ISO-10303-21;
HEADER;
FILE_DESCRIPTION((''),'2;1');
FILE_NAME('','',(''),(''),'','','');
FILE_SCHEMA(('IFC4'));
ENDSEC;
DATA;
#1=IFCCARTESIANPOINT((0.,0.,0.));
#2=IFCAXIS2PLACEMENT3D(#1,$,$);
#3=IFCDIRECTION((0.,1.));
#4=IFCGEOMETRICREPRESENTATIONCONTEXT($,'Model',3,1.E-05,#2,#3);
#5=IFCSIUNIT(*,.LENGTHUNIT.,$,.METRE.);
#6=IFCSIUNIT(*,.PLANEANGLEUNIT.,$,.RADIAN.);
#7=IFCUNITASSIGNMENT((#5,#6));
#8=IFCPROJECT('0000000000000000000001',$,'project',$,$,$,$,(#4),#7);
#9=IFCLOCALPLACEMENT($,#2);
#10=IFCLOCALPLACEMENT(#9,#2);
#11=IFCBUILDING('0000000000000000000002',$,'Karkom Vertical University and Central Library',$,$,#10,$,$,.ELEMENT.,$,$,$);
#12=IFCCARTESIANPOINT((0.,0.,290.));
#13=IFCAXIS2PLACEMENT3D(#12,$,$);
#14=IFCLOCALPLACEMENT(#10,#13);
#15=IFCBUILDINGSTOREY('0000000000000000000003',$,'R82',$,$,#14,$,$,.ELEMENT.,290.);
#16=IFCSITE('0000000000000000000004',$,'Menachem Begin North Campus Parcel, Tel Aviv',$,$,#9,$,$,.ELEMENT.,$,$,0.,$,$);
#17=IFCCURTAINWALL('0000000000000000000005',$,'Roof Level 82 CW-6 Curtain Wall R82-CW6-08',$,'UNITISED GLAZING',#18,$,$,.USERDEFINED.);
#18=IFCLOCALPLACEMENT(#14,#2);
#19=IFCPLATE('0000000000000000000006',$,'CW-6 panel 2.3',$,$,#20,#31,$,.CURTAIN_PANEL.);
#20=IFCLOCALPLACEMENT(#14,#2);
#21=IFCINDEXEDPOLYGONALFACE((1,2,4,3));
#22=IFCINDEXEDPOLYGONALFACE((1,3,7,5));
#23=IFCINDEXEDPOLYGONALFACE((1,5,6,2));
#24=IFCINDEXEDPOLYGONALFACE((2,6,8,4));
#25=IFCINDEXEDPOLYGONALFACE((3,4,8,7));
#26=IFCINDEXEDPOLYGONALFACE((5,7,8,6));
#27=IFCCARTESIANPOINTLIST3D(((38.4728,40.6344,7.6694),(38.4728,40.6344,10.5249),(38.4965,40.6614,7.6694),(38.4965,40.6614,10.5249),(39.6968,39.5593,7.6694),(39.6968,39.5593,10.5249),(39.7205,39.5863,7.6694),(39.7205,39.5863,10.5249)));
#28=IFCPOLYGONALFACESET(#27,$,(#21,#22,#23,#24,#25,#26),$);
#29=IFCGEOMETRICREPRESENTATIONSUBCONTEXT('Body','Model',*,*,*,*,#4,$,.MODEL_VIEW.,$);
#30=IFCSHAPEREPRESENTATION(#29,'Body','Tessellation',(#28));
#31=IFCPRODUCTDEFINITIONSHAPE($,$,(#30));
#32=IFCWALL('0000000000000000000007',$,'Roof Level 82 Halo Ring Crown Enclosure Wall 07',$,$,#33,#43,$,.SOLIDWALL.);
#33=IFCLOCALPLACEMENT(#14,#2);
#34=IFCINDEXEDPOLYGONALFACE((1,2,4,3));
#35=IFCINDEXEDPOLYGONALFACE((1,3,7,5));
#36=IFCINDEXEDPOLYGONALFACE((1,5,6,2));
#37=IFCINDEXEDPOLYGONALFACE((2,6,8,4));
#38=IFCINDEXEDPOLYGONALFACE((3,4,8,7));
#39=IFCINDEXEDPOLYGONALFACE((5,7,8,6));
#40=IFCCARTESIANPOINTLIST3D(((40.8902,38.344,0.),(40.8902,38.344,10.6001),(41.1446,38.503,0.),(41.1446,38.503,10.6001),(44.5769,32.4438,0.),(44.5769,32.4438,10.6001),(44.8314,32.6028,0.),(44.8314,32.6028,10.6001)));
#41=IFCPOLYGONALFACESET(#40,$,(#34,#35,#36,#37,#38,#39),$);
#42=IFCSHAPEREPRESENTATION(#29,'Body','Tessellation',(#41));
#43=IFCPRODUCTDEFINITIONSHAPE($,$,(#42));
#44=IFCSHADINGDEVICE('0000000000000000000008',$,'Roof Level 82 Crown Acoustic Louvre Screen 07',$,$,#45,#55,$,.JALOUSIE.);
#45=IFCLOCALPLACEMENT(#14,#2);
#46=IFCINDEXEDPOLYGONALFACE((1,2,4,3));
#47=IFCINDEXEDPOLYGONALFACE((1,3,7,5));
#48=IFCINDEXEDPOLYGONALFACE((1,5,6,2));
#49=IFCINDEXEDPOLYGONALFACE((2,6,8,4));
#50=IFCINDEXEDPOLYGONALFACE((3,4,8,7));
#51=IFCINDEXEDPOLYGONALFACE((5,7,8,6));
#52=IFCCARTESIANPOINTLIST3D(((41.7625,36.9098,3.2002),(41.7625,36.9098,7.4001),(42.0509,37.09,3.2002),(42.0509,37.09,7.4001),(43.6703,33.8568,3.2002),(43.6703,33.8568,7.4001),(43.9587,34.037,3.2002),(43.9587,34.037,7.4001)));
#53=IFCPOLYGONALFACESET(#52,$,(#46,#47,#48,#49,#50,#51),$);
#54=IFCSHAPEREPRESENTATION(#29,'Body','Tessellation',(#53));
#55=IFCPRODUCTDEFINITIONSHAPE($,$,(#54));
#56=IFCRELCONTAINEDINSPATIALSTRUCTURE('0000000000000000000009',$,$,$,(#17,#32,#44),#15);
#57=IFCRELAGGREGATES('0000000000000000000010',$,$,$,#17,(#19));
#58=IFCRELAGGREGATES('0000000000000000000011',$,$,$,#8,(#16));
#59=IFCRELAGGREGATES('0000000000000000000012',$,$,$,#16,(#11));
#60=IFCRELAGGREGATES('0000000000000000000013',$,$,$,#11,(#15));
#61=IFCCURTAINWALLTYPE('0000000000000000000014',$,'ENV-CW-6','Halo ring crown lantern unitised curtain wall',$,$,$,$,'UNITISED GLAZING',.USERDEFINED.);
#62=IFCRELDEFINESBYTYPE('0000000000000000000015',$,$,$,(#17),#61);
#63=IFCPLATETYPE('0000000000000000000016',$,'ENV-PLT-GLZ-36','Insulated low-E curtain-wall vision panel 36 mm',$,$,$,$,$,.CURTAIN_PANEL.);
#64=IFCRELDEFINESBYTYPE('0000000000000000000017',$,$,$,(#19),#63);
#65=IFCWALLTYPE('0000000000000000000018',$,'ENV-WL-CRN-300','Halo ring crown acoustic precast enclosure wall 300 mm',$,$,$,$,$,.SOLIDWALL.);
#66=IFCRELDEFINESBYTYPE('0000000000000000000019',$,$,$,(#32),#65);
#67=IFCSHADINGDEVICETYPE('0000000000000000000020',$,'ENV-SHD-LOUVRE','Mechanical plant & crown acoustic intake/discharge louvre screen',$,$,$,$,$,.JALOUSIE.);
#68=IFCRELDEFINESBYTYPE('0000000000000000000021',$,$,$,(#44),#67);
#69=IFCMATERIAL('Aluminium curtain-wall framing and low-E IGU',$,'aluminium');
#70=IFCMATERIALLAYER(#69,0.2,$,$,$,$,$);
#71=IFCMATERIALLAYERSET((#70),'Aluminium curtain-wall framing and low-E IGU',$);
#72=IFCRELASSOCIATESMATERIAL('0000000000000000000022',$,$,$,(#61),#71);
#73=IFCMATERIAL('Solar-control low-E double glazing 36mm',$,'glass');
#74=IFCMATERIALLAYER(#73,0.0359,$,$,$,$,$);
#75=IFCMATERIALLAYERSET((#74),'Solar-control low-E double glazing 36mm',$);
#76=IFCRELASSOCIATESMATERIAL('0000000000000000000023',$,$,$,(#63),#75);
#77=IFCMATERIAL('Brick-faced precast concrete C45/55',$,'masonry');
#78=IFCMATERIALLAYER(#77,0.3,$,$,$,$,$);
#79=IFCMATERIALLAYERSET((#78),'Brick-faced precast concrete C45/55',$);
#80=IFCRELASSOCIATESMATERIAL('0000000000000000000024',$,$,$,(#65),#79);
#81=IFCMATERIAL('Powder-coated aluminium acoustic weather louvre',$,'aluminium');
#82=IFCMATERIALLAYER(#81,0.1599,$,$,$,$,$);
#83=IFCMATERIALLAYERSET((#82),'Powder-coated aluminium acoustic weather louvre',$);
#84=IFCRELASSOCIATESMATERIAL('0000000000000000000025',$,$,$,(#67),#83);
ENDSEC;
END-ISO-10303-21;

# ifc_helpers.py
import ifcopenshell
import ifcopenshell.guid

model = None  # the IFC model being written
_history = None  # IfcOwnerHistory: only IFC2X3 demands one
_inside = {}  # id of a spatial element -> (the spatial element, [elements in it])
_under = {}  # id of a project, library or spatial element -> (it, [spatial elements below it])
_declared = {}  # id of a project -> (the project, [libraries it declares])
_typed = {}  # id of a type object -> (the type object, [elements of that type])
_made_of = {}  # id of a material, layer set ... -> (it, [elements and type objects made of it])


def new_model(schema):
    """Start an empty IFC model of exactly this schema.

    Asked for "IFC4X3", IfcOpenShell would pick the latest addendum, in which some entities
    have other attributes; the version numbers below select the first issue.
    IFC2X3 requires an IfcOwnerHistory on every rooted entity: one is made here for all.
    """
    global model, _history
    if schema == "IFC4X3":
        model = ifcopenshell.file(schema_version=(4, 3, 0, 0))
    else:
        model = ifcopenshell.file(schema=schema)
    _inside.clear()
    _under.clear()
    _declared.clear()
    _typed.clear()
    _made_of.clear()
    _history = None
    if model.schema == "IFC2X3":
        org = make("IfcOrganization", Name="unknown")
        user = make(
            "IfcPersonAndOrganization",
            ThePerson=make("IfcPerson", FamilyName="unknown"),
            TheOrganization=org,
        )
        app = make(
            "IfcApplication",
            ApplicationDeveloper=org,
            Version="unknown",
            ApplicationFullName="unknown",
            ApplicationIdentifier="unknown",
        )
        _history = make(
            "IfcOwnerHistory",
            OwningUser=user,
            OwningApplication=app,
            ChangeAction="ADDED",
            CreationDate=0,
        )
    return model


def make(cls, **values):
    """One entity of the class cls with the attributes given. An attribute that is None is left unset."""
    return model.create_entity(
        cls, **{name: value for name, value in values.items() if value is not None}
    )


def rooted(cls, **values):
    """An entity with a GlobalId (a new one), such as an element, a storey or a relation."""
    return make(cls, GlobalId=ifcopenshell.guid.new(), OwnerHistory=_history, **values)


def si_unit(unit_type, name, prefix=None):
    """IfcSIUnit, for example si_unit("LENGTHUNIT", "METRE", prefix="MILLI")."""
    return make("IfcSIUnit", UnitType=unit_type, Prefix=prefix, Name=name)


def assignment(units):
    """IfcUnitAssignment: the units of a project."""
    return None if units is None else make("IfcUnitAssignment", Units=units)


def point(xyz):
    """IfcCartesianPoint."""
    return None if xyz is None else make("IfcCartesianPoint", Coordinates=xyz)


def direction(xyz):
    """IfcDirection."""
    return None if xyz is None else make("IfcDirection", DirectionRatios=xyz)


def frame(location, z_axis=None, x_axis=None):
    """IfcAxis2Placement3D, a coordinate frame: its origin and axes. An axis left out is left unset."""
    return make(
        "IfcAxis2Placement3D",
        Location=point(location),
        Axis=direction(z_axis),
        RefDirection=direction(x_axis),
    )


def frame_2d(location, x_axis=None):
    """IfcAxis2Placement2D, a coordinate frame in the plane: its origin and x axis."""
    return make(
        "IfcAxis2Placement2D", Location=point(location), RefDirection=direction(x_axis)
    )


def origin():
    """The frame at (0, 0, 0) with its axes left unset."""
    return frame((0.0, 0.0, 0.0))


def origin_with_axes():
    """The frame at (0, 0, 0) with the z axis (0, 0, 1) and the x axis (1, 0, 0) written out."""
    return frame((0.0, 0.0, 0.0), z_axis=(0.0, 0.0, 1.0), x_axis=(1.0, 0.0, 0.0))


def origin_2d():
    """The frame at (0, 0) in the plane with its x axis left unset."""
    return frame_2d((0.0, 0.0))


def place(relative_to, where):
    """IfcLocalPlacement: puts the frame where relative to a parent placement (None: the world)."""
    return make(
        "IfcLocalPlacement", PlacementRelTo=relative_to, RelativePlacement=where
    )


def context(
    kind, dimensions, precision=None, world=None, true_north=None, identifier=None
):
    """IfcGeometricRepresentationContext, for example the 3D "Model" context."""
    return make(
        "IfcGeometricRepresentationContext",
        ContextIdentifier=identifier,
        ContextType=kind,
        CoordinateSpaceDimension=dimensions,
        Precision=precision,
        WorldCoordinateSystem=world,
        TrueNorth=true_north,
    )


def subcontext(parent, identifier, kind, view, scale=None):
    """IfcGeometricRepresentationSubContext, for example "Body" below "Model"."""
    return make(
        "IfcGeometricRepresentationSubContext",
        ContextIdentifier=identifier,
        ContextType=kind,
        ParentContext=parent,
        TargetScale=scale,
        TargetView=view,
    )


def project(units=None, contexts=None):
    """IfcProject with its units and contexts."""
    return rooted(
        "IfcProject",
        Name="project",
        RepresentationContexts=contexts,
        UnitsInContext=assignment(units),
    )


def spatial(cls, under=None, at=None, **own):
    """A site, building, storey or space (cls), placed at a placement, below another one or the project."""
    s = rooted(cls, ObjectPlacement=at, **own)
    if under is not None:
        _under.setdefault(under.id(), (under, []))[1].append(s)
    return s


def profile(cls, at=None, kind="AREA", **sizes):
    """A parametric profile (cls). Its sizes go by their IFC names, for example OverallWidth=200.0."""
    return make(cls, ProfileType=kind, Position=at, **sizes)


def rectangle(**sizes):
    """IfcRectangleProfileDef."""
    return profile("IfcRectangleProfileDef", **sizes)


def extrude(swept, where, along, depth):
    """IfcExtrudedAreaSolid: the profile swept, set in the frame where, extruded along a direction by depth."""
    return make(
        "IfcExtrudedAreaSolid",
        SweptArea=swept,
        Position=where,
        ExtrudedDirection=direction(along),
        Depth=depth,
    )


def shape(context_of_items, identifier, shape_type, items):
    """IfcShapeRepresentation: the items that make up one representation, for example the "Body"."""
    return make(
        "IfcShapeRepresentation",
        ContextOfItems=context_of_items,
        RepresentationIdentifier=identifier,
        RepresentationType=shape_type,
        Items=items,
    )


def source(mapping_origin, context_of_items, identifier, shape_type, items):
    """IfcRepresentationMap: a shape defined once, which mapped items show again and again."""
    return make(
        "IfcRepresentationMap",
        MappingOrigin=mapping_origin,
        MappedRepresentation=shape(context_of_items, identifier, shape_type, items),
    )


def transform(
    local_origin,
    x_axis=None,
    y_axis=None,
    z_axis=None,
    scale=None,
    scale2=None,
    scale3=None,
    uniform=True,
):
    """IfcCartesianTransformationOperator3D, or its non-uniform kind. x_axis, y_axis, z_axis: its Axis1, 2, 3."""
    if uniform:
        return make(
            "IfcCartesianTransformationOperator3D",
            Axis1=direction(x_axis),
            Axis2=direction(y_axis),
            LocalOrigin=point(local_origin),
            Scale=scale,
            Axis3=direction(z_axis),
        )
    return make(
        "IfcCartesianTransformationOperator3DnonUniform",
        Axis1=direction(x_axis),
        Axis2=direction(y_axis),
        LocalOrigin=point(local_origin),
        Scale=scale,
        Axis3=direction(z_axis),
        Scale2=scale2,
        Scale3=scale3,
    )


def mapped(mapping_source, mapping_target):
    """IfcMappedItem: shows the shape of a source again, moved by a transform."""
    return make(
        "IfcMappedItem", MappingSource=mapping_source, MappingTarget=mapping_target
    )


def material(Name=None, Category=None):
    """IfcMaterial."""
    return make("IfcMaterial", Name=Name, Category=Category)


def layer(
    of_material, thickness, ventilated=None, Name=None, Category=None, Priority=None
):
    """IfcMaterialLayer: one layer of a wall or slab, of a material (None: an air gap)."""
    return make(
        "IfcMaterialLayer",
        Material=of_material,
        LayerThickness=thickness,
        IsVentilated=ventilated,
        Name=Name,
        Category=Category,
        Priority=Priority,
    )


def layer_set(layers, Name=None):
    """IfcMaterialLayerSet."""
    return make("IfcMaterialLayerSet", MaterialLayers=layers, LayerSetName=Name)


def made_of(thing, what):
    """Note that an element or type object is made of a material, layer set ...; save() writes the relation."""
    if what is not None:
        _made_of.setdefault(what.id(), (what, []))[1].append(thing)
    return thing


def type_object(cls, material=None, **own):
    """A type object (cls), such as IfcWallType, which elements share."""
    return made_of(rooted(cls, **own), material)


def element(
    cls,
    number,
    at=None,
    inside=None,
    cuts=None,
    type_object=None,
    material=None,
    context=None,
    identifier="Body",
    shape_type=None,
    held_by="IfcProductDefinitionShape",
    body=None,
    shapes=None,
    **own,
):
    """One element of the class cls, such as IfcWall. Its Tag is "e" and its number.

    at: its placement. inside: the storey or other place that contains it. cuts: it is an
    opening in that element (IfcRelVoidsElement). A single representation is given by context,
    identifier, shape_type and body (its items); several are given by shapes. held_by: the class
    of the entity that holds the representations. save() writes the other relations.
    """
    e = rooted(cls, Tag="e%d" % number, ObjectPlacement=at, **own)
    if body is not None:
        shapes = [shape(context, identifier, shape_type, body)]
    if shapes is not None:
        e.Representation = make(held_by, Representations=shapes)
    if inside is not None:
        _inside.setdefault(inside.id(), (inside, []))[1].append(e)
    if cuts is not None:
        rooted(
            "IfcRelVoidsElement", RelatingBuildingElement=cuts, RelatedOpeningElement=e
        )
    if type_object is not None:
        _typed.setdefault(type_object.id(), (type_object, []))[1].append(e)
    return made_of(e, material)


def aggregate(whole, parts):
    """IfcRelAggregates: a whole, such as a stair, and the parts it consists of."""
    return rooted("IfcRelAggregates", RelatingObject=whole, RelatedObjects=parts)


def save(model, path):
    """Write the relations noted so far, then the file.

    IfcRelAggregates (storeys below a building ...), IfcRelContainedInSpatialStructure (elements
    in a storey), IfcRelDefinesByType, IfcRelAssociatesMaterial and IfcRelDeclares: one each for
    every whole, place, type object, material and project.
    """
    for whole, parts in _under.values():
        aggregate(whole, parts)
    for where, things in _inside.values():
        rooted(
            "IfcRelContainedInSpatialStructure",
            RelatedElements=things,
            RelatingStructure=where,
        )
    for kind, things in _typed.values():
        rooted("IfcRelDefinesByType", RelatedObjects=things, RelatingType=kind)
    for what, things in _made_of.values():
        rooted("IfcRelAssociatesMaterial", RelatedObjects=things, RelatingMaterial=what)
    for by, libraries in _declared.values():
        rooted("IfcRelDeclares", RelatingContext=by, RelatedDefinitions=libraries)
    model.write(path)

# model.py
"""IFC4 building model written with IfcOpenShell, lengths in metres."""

from ifc_helpers import new_model, si_unit, direction, frame, frame_2d, origin, origin_with_axes, origin_2d, place, context, subcontext, project, spatial, rectangle, extrude, source, transform, mapped, material, layer, layer_set, type_object, element, aggregate, save


model = new_model("IFC4")

# Units and contexts
model_context = context("Model", 3, precision=1e-05, world=origin(), true_north=direction((0.0, 1.0)))
body_context = subcontext(model_context, "Body", "Model", "MODEL_VIEW")
ifc_project = project(units=[si_unit("LENGTHUNIT", "METRE"), si_unit("PLANEANGLEUNIT", "RADIAN")], contexts=[model_context])

# Site, building, storey
site_placement = place(None, origin())
site = spatial("IfcSite", under=ifc_project, at=site_placement, Name="Menachem Begin North Campus Parcel, Tel Aviv", CompositionType="ELEMENT", RefElevation=0.0)
building_placement = place(site_placement, origin())
building = spatial("IfcBuilding", under=site, at=building_placement, Name="Karkom Vertical University and Central Library", CompositionType="ELEMENT")
storey_placement = place(building_placement, frame((0.0, 0.0, 290.0)))
storey = spatial("IfcBuildingStorey", under=building, at=storey_placement, Name="R82", CompositionType="ELEMENT", Elevation=290.0)

# Shared definitions
ifc_material_1 = material(Name="Aluminium curtain-wall framing and low-E IGU", Category="aluminium")
ifc_layer_1 = layer(ifc_material_1, 0.2)
ifc_layer_set_1 = layer_set([ifc_layer_1], Name="Aluminium curtain-wall framing and low-E IGU")
curtain_wall_type = type_object("IfcCurtainWallType", Name="ENV-CW-6", Description="Halo ring crown lantern unitised curtain wall", ElementType="UNITISED GLAZING", PredefinedType="USERDEFINED", material=ifc_layer_set_1)

# Curtain wall
curtain_wall_1_placement = place(storey_placement, origin())
curtain_wall_1 = element("IfcCurtainWall", 1, at=curtain_wall_1_placement, inside=storey, type_object=curtain_wall_type, Name="Roof Level 82 CW-6 Curtain Wall R82-CW6-08", ObjectType="UNITISED GLAZING", PredefinedType="USERDEFINED")

# Plate
ifc_material_2 = material(Name="Solar-control low-E double glazing 36mm", Category="glass")
ifc_layer_2 = layer(ifc_material_2, 0.0359)
ifc_layer_set_2 = layer_set([ifc_layer_2], Name="Solar-control low-E double glazing 36mm")
plate_type = type_object("IfcPlateType", Name="ENV-PLT-GLZ-36", Description="Insulated low-E curtain-wall vision panel 36 mm", PredefinedType="CURTAIN_PANEL", material=ifc_layer_set_2)
shared_shape_1 = source(origin_with_axes(), body_context, "Body", "SweptSolid", [
    extrude(rectangle(XDim=1.6292, YDim=0.0359, at=origin_2d()), origin(), (0.0, 0.0, 1.0), 2.8555),
])
plate_1_placement = place(storey_placement, frame((39.0967, 40.1104, 7.6694), z_axis=(0.0, 0.0, 1.0), x_axis=(-0.751322, 0.659936, 0.0)))
plate_1 = element("IfcPlate", 2, at=plate_1_placement, type_object=plate_type, Name="CW-6 panel 2.3", PredefinedType="CURTAIN_PANEL", context=body_context, shape_type="MappedRepresentation", body=[
    mapped(shared_shape_1, transform((0.0, 0.0, 0.0), scale=1.0)),
])
aggregate(curtain_wall_1, [plate_1])

# Wall
ifc_material_3 = material(Name="Brick-faced precast concrete C45/55", Category="masonry")
ifc_layer_3 = layer(ifc_material_3, 0.3)
ifc_layer_set_3 = layer_set([ifc_layer_3], Name="Brick-faced precast concrete C45/55")
wall_type = type_object("IfcWallType", Name="ENV-WL-CRN-300", Description="Halo ring crown acoustic precast enclosure wall 300 mm", PredefinedType="SOLIDWALL", material=ifc_layer_set_3)
wall_placement = place(storey_placement, frame((44.7041, 32.5234, 0.0), z_axis=(0.0, 0.0, 1.0), x_axis=(-0.529914, 0.848052, 0.0)))
element("IfcWall", 3, at=wall_placement, inside=storey, type_object=wall_type, Name="Roof Level 82 Halo Ring Crown Enclosure Wall 07", PredefinedType="SOLIDWALL", context=body_context, shape_type="SweptSolid", body=[
    extrude(rectangle(XDim=6.9573, YDim=0.3, at=frame_2d((3.4785, 0.0))), origin(), (0.0, 0.0, 1.0), 10.6001),
])

# Shading device
ifc_material_4 = material(Name="Powder-coated aluminium acoustic weather louvre", Category="aluminium")
ifc_layer_4 = layer(ifc_material_4, 0.1599)
ifc_layer_set_4 = layer_set([ifc_layer_4], Name="Powder-coated aluminium acoustic weather louvre")
shading_device_type = type_object("IfcShadingDeviceType", Name="ENV-SHD-LOUVRE", Description="Mechanical plant & crown acoustic intake/discharge louvre screen", PredefinedType="JALOUSIE", material=ifc_layer_set_4)
shared_shape_2 = source(origin_with_axes(), body_context, "Body", "SweptSolid", [
    extrude(rectangle(XDim=3.6001, YDim=0.3401, at=origin_2d()), origin(), (0.0, 0.0, 1.0), 4.2),
])
shading_device_placement = place(storey_placement, frame((42.8606, 35.4734, 3.2002), z_axis=(0.0, 0.0, 1.0), x_axis=(-0.529919, 0.848048, 0.0)))
element("IfcShadingDevice", 4, at=shading_device_placement, inside=storey, type_object=shading_device_type, Name="Roof Level 82 Crown Acoustic Louvre Screen 07", PredefinedType="JALOUSIE", context=body_context, shape_type="MappedRepresentation", body=[
    mapped(shared_shape_2, transform((0.0, 0.0, 0.0), scale=1.0)),
])

save(model, "model.ifc")
